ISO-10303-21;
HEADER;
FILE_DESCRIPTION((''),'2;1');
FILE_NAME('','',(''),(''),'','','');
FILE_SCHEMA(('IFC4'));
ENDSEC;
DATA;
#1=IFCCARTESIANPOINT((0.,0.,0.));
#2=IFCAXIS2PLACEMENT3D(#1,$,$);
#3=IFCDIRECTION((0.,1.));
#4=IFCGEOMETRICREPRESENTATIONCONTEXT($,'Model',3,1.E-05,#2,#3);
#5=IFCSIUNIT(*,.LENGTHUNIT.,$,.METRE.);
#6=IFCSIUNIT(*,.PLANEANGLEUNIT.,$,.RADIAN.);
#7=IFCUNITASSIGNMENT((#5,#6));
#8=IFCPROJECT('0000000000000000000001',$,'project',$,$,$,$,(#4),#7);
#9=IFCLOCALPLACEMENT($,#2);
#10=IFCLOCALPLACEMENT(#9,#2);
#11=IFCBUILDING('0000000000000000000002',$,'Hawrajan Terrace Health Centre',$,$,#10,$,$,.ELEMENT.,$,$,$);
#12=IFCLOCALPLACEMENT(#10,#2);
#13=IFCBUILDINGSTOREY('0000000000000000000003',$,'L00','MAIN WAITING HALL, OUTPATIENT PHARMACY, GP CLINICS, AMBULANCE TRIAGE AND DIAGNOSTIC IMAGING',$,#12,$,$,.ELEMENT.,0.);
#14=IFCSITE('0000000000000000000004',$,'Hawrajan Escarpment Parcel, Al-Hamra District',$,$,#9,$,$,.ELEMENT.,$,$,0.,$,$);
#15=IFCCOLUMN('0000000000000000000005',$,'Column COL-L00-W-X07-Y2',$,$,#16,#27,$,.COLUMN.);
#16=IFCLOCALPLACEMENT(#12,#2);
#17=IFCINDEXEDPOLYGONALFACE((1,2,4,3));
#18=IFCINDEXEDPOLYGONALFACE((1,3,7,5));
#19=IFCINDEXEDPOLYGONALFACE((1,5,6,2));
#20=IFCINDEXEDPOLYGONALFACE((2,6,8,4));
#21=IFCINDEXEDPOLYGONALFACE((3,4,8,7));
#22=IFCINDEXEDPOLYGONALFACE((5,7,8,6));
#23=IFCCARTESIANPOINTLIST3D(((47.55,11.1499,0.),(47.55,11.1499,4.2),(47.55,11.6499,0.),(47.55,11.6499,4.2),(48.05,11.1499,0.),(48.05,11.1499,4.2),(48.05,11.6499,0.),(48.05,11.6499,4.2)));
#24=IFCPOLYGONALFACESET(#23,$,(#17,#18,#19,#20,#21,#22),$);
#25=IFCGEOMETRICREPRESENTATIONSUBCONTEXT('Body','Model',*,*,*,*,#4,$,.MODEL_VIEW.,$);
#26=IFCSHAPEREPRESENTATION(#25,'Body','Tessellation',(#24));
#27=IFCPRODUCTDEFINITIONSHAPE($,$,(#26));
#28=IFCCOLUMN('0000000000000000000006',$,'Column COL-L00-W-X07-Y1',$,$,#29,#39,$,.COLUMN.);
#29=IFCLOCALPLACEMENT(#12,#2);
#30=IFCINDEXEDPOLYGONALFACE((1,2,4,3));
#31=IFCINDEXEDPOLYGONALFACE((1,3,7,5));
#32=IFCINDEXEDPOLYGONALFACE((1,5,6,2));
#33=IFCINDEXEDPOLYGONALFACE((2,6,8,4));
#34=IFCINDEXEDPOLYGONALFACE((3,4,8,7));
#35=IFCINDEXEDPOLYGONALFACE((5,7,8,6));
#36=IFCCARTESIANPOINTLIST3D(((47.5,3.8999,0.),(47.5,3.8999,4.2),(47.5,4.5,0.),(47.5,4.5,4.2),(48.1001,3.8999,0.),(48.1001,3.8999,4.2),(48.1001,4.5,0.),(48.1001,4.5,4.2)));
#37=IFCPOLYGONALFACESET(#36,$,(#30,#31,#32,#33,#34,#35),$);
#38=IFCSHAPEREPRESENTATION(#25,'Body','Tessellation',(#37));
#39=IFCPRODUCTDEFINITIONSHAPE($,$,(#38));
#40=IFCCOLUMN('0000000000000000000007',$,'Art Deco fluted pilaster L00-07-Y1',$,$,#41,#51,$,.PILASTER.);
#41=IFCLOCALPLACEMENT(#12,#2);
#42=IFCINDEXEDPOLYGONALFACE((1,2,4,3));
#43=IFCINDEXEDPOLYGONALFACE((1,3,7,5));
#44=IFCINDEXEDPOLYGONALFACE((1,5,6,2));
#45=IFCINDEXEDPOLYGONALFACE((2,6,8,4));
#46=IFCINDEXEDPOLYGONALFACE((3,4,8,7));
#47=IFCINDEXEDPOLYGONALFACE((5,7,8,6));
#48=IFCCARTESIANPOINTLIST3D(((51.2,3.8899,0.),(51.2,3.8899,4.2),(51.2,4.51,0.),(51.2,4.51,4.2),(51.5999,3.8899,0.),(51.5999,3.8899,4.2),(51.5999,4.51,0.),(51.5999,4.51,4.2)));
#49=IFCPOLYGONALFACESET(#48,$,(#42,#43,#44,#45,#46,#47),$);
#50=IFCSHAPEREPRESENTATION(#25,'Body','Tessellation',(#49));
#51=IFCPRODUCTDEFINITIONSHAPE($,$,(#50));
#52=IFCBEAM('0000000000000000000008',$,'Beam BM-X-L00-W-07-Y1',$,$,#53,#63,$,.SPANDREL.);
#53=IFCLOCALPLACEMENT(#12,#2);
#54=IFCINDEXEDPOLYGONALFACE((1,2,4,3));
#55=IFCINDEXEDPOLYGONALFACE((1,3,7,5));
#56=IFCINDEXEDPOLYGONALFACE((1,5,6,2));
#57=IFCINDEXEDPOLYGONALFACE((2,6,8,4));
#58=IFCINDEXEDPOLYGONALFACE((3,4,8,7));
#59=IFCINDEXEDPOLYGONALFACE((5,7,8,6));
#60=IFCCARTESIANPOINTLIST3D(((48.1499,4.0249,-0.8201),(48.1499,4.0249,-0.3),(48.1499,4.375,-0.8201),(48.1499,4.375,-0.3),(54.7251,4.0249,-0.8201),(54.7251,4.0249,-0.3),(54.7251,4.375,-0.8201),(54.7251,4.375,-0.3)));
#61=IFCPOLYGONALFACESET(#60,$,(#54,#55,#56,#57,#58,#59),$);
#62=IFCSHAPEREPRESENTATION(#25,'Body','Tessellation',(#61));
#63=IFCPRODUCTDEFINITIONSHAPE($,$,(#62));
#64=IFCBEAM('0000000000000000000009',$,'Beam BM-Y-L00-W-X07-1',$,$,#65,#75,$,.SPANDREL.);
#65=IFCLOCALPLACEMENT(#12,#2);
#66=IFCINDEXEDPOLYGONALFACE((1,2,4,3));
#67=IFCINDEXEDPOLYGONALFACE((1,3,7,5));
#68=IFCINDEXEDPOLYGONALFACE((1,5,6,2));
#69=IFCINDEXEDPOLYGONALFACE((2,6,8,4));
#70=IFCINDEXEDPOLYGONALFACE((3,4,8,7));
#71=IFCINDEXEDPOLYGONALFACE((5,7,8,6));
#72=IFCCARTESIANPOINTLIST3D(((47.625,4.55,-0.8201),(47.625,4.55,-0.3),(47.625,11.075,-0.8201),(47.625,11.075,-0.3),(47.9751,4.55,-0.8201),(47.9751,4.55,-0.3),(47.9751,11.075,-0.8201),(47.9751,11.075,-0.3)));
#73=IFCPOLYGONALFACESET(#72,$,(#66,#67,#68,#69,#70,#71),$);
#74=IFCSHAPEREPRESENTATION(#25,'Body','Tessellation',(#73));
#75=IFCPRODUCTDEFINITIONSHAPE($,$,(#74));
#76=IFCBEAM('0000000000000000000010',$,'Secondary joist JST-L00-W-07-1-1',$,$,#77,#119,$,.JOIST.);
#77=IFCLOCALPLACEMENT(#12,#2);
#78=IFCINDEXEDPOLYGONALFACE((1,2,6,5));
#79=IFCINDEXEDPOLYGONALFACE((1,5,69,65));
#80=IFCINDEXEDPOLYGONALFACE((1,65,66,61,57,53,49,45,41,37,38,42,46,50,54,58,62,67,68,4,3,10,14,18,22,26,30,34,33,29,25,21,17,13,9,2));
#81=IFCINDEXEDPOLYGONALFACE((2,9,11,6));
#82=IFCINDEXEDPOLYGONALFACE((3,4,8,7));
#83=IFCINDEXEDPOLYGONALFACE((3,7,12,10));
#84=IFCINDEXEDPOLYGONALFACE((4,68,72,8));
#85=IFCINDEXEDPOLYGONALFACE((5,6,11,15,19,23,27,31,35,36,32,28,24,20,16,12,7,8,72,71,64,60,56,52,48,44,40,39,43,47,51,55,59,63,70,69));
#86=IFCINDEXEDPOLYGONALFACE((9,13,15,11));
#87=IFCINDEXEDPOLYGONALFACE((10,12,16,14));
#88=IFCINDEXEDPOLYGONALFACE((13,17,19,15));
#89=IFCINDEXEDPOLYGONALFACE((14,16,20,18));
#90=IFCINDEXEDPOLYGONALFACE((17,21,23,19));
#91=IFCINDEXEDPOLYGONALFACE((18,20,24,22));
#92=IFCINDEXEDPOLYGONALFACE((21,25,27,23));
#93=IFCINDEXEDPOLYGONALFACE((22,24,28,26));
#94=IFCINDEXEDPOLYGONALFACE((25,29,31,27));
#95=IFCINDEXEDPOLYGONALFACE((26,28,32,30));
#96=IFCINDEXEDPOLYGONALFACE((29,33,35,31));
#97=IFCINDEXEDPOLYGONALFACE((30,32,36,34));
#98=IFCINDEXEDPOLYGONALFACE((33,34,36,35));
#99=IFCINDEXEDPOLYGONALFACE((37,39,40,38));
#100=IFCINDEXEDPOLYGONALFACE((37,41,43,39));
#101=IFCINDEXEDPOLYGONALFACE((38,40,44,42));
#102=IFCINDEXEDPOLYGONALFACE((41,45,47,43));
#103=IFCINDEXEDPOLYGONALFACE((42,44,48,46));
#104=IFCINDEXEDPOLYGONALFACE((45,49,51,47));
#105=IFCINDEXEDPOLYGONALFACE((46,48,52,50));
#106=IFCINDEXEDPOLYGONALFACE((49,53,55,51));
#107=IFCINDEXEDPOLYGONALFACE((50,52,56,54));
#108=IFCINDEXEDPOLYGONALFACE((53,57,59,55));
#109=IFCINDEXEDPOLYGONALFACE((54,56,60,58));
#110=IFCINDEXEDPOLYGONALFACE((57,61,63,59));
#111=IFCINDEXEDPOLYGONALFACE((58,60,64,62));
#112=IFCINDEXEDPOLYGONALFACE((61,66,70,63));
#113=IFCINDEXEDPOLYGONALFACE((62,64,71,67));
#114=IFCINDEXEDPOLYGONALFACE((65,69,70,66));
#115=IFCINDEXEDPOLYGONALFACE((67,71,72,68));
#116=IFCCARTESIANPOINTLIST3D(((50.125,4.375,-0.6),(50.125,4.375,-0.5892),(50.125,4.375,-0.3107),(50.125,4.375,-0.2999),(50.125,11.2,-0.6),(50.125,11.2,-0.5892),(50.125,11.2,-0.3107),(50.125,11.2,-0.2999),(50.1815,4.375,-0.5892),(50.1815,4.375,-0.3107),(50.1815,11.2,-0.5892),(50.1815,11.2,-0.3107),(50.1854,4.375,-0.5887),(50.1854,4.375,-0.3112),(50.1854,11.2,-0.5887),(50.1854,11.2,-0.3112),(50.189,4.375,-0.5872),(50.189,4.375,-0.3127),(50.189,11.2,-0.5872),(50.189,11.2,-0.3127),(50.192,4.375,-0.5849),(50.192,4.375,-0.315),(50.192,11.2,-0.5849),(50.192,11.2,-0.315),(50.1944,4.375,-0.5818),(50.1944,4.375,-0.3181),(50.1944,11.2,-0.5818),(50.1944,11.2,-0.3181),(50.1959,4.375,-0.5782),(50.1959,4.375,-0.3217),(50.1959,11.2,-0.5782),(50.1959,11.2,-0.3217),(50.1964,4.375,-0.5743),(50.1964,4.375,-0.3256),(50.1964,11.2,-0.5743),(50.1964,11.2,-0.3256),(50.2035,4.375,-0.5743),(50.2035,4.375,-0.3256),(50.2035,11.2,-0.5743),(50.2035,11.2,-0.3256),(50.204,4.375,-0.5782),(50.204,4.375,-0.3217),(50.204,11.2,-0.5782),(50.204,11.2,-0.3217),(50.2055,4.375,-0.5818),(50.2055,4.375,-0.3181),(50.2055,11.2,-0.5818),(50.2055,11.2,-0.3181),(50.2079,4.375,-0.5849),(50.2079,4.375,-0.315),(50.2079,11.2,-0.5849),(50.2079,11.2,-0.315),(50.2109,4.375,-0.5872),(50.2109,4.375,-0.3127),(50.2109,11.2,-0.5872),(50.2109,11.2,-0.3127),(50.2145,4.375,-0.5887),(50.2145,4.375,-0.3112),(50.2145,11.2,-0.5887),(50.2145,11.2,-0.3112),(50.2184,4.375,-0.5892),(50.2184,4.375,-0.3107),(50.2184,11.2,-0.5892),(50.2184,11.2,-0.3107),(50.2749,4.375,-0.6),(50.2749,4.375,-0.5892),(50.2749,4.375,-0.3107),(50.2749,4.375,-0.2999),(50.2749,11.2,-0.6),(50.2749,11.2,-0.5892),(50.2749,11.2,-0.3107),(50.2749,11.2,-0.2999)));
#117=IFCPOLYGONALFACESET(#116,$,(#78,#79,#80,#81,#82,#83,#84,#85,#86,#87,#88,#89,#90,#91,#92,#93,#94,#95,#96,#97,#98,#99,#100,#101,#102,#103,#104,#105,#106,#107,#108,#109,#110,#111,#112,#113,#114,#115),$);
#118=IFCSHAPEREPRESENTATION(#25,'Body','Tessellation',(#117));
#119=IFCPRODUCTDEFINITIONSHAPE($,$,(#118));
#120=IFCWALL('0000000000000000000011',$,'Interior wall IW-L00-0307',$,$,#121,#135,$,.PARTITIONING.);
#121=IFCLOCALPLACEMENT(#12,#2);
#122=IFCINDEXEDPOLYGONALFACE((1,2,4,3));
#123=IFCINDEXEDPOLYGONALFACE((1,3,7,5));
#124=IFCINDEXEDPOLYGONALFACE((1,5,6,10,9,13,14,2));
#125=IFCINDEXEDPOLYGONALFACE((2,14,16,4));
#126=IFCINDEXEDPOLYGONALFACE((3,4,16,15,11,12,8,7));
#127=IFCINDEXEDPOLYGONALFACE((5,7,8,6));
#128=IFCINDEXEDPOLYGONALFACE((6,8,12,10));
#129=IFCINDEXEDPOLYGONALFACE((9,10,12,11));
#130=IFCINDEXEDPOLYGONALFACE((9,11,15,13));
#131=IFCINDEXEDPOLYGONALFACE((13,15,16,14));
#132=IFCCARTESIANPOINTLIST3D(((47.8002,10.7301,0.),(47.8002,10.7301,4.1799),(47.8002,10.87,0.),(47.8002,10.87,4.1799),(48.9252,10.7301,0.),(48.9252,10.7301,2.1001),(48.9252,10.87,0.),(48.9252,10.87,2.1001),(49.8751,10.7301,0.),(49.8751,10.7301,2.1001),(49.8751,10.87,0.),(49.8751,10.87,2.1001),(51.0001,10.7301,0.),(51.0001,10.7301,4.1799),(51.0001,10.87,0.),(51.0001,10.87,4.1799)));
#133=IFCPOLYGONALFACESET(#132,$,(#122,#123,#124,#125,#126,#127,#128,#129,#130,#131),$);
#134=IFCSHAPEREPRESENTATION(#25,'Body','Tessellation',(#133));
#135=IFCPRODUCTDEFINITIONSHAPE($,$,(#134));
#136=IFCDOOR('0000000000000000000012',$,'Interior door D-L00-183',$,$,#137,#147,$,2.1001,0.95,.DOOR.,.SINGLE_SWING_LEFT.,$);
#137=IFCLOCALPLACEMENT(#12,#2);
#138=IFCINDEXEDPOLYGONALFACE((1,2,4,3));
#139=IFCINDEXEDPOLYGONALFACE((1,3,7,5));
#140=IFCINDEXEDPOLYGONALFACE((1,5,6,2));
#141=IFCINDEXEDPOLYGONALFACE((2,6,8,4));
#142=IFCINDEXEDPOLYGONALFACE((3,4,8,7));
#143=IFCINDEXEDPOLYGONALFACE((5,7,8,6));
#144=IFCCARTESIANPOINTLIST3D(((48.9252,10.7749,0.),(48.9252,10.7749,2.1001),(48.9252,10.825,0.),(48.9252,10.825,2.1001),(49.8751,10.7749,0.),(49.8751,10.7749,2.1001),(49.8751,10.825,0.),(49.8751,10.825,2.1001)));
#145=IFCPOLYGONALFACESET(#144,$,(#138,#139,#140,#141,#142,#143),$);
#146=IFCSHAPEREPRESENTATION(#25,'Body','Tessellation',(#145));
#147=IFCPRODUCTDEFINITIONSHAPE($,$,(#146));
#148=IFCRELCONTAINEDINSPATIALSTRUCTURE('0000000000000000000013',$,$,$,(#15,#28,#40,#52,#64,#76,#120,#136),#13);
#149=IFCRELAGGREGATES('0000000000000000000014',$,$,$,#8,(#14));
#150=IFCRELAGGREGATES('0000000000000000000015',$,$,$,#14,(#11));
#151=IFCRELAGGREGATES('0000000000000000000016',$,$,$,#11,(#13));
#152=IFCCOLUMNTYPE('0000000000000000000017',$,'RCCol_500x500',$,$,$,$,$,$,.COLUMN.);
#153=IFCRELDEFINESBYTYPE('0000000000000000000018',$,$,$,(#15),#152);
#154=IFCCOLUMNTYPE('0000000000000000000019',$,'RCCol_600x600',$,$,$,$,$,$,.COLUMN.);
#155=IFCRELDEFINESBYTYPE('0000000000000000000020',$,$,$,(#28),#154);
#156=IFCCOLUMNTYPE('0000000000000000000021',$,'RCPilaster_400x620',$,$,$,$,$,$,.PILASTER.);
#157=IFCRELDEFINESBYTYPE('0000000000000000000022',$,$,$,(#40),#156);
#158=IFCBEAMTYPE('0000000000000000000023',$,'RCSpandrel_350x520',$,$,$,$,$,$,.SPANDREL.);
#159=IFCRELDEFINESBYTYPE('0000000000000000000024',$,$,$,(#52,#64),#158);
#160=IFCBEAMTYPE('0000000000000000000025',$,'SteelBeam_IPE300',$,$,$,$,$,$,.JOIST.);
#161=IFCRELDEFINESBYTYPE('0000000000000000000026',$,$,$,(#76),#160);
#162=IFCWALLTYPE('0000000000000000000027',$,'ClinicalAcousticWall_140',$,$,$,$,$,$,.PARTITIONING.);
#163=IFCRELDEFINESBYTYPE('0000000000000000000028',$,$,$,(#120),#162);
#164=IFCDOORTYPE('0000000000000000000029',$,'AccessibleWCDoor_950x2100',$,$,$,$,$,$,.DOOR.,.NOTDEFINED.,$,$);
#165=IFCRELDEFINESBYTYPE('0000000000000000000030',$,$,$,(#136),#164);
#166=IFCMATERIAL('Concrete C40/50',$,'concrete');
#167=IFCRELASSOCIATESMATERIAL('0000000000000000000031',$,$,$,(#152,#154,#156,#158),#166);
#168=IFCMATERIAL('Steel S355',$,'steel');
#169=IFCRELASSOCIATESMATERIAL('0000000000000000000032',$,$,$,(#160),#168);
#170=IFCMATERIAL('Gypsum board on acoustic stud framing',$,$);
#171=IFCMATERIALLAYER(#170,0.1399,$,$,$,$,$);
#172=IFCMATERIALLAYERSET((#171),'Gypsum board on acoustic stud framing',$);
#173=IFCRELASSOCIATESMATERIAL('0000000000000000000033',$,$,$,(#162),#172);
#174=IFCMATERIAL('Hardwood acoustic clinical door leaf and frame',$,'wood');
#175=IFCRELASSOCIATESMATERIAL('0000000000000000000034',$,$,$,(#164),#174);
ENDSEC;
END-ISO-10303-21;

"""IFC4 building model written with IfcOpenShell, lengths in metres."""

from ifc_helpers import new_model, si_unit, direction, frame, frame_2d, origin, origin_2d, place, context, subcontext, project, spatial, rectangle, i_section, extrude, material, layer, layer_set, material_profile, profile_set, type_object, element, fill, save


model = new_model("IFC4")

# Units and contexts
model_context = context("Model", 3, precision=1e-05, world=origin(), true_north=direction((0.0, 1.0)))
body_context = subcontext(model_context, "Body", "Model", "MODEL_VIEW")
ifc_project = project(units=[si_unit("LENGTHUNIT", "METRE"), si_unit("PLANEANGLEUNIT", "RADIAN")], contexts=[model_context])

# Site, building, storey
site_placement = place(None, origin())
site = spatial("IfcSite", under=ifc_project, at=site_placement, Name="Hawrajan Escarpment Parcel, Al-Hamra District", CompositionType="ELEMENT", RefElevation=0.0)
building_placement = place(site_placement, origin())
building = spatial("IfcBuilding", under=site, at=building_placement, Name="Hawrajan Terrace Health Centre", CompositionType="ELEMENT")
storey_placement = place(building_placement, origin())
storey = spatial("IfcBuildingStorey", under=building, at=storey_placement, Name="L00", Description="MAIN WAITING HALL, OUTPATIENT PHARMACY, GP CLINICS, AMBULANCE TRIAGE AND DIAGNOSTIC IMAGING", CompositionType="ELEMENT", Elevation=0.0)

# Columns
ifc_material_1 = material(Name="Concrete C40/50", Category="concrete")
ifc_material_profile_1 = material_profile(ifc_material_1, rectangle(XDim=0.5, YDim=0.5, at=origin_2d()), Name="RC 500x500")
ifc_profile_set_1 = profile_set([ifc_material_profile_1], Name="Concrete C40/50")
column_type_1 = type_object("IfcColumnType", Name="RCCol_500x500", PredefinedType="COLUMN", material=ifc_profile_set_1)
column_1_placement = place(storey_placement, frame((47.8, 11.3999, 0.0), z_axis=(0.0, 0.0, 1.0), x_axis=(1.0, 0.0, 0.0)))
element("IfcColumn", 1, at=column_1_placement, inside=storey, type_object=column_type_1, Name="Column COL-L00-W-X07-Y2", PredefinedType="COLUMN", context=body_context, shape_type="SweptSolid", body=[
    extrude(rectangle(XDim=0.5, YDim=0.5, at=origin_2d()), origin(), (0.0, 0.0, 1.0), 4.2),
])
ifc_material_profile_2 = material_profile(ifc_material_1, rectangle(XDim=0.6001, YDim=0.6001, at=origin_2d()), Name="RC 600x600")
ifc_profile_set_2 = profile_set([ifc_material_profile_2], Name="Concrete C40/50")
column_type_2 = type_object("IfcColumnType", Name="RCCol_600x600", PredefinedType="COLUMN", material=ifc_profile_set_2)
column_2_placement = place(storey_placement, frame((47.8, 4.2, 0.0), z_axis=(0.0, 0.0, 1.0), x_axis=(1.0, 0.0, 0.0)))
element("IfcColumn", 2, at=column_2_placement, inside=storey, type_object=column_type_2, Name="Column COL-L00-W-X07-Y1", PredefinedType="COLUMN", context=body_context, shape_type="SweptSolid", body=[
    extrude(rectangle(XDim=0.6001, YDim=0.6001, at=origin_2d()), origin(), (0.0, 0.0, 1.0), 4.2),
])
ifc_material_profile_3 = material_profile(ifc_material_1, rectangle(XDim=0.3999, YDim=0.6201, at=origin_2d()), Name="RC PIL 400x620")
ifc_profile_set_3 = profile_set([ifc_material_profile_3], Name="Concrete C40/50")
column_type_3 = type_object("IfcColumnType", Name="RCPilaster_400x620", PredefinedType="PILASTER", material=ifc_profile_set_3)
column_3_placement = place(storey_placement, frame((51.3999, 4.2, 0.0), z_axis=(0.0, 0.0, 1.0), x_axis=(1.0, 0.0, 0.0)))
element("IfcColumn", 3, at=column_3_placement, inside=storey, type_object=column_type_3, Name="Art Deco fluted pilaster L00-07-Y1", PredefinedType="PILASTER", context=body_context, shape_type="SweptSolid", body=[
    extrude(rectangle(XDim=0.3999, YDim=0.6201, at=origin_2d()), origin(), (0.0, 0.0, 1.0), 4.2),
])

# Beams
ifc_material_profile_4 = material_profile(ifc_material_1, rectangle(XDim=0.3501, YDim=0.52, at=origin_2d()), Name="RC SP 350x520")
ifc_profile_set_4 = profile_set([ifc_material_profile_4], Name="Concrete C40/50")
beam_type_1 = type_object("IfcBeamType", Name="RCSpandrel_350x520", PredefinedType="SPANDREL", material=ifc_profile_set_4)
beam_1_placement = place(storey_placement, frame((48.1499, 4.2, -0.5601), z_axis=(1.0, 0.0, 0.0), x_axis=(0.0, 1.0, 0.0)))
element("IfcBeam", 4, at=beam_1_placement, inside=storey, type_object=beam_type_1, Name="Beam BM-X-L00-W-07-Y1", PredefinedType="SPANDREL", context=body_context, shape_type="SweptSolid", body=[
    extrude(rectangle(XDim=0.3501, YDim=0.52, at=origin_2d()), origin(), (0.0, 0.0, 1.0), 6.5752),
])
beam_2_placement = place(storey_placement, frame((47.8, 4.55, -0.5601), z_axis=(0.0, 1.0, 0.0), x_axis=(-1.0, 0.0, 0.0)))
element("IfcBeam", 5, at=beam_2_placement, inside=storey, type_object=beam_type_1, Name="Beam BM-Y-L00-W-X07-1", PredefinedType="SPANDREL", context=body_context, shape_type="SweptSolid", body=[
    extrude(rectangle(XDim=0.3501, YDim=0.52, at=origin_2d()), origin(), (0.0, 0.0, 1.0), 6.5249),
])
ifc_material_2 = material(Name="Steel S355", Category="steel")
ifc_material_profile_5 = material_profile(ifc_material_2, i_section(OverallWidth=0.1499, OverallDepth=0.3, WebThickness=0.0071, FlangeThickness=0.0107, FilletRadius=0.0149, at=origin_2d()), Name="IPE 300")
ifc_profile_set_5 = profile_set([ifc_material_profile_5], Name="Steel S355")
beam_type_2 = type_object("IfcBeamType", Name="SteelBeam_IPE300", PredefinedType="JOIST", material=ifc_profile_set_5)
beam_3_placement = place(storey_placement, frame((50.2, 4.375, -0.45), z_axis=(0.0, 1.0, 0.0), x_axis=(-1.0, 0.0, 0.0)))
element("IfcBeam", 6, at=beam_3_placement, inside=storey, type_object=beam_type_2, Name="Secondary joist JST-L00-W-07-1-1", PredefinedType="JOIST", context=body_context, shape_type="SweptSolid", body=[
    extrude(i_section(OverallWidth=0.1499, OverallDepth=0.3, WebThickness=0.0071, FlangeThickness=0.0107, FilletRadius=0.0149, at=origin_2d()), origin(), (0.0, 0.0, 1.0), 6.825),
])

# Wall, opening, door
ifc_material_3 = material(Name="Gypsum board on acoustic stud framing")
ifc_layer_1 = layer(ifc_material_3, 0.1399)
ifc_layer_set_1 = layer_set([ifc_layer_1], Name="Gypsum board on acoustic stud framing")
wall_type_1 = type_object("IfcWallType", Name="ClinicalAcousticWall_140", PredefinedType="PARTITIONING", material=ifc_layer_set_1)
wall_1_placement = place(storey_placement, frame((47.8, 10.8, 0.0), z_axis=(0.0, 0.0, 1.0), x_axis=(1.0, 0.0, 0.0)))
wall_1 = element("IfcWall", 7, at=wall_1_placement, inside=storey, type_object=wall_type_1, Name="Interior wall IW-L00-0307", PredefinedType="PARTITIONING", context=body_context, shape_type="SweptSolid", body=[
    extrude(rectangle(XDim=3.2, YDim=0.1399, at=frame_2d((1.6001, 0.0))), origin(), (0.0, 0.0, 1.0), 4.1799),
])
opening_1_placement = place(wall_1_placement, frame((1.125, 0.0, 0.0)))
opening_1 = element("IfcOpeningElement", 8, at=opening_1_placement, cuts=wall_1, PredefinedType="OPENING", context=body_context, shape_type="SweptSolid", body=[
    extrude(rectangle(XDim=0.95, YDim=2.1001, at=frame_2d((0.4751, 1.05))), frame((0.0, 0.0798, 0.0), z_axis=(0.0, -1.0, 0.0), x_axis=(1.0, 0.0, 0.0)), (0.0, 0.0, 1.0), 0.1599),
])
ifc_material_4 = material(Name="Hardwood acoustic clinical door leaf and frame", Category="wood")
door_type_1 = type_object("IfcDoorType", Name="AccessibleWCDoor_950x2100", OperationType="NOTDEFINED", PredefinedType="DOOR", material=ifc_material_4)
door_1_placement = place(opening_1_placement, origin())
door_1 = element("IfcDoor", 9, at=door_1_placement, inside=storey, type_object=door_type_1, Name="Interior door D-L00-183", OperationType="SINGLE_SWING_LEFT", OverallHeight=2.1001, OverallWidth=0.95, PredefinedType="DOOR", context=body_context, shape_type="SweptSolid", body=[
    extrude(rectangle(XDim=0.95, YDim=2.1001, at=frame_2d((0.4751, 1.05))), frame((0.0, 0.0249, 0.0), z_axis=(0.0, -1.0, 0.0), x_axis=(1.0, 0.0, 0.0)), (0.0, 0.0, 1.0), 0.05),
])
fill(opening_1, door_1)

save(model, "model.ifc")
